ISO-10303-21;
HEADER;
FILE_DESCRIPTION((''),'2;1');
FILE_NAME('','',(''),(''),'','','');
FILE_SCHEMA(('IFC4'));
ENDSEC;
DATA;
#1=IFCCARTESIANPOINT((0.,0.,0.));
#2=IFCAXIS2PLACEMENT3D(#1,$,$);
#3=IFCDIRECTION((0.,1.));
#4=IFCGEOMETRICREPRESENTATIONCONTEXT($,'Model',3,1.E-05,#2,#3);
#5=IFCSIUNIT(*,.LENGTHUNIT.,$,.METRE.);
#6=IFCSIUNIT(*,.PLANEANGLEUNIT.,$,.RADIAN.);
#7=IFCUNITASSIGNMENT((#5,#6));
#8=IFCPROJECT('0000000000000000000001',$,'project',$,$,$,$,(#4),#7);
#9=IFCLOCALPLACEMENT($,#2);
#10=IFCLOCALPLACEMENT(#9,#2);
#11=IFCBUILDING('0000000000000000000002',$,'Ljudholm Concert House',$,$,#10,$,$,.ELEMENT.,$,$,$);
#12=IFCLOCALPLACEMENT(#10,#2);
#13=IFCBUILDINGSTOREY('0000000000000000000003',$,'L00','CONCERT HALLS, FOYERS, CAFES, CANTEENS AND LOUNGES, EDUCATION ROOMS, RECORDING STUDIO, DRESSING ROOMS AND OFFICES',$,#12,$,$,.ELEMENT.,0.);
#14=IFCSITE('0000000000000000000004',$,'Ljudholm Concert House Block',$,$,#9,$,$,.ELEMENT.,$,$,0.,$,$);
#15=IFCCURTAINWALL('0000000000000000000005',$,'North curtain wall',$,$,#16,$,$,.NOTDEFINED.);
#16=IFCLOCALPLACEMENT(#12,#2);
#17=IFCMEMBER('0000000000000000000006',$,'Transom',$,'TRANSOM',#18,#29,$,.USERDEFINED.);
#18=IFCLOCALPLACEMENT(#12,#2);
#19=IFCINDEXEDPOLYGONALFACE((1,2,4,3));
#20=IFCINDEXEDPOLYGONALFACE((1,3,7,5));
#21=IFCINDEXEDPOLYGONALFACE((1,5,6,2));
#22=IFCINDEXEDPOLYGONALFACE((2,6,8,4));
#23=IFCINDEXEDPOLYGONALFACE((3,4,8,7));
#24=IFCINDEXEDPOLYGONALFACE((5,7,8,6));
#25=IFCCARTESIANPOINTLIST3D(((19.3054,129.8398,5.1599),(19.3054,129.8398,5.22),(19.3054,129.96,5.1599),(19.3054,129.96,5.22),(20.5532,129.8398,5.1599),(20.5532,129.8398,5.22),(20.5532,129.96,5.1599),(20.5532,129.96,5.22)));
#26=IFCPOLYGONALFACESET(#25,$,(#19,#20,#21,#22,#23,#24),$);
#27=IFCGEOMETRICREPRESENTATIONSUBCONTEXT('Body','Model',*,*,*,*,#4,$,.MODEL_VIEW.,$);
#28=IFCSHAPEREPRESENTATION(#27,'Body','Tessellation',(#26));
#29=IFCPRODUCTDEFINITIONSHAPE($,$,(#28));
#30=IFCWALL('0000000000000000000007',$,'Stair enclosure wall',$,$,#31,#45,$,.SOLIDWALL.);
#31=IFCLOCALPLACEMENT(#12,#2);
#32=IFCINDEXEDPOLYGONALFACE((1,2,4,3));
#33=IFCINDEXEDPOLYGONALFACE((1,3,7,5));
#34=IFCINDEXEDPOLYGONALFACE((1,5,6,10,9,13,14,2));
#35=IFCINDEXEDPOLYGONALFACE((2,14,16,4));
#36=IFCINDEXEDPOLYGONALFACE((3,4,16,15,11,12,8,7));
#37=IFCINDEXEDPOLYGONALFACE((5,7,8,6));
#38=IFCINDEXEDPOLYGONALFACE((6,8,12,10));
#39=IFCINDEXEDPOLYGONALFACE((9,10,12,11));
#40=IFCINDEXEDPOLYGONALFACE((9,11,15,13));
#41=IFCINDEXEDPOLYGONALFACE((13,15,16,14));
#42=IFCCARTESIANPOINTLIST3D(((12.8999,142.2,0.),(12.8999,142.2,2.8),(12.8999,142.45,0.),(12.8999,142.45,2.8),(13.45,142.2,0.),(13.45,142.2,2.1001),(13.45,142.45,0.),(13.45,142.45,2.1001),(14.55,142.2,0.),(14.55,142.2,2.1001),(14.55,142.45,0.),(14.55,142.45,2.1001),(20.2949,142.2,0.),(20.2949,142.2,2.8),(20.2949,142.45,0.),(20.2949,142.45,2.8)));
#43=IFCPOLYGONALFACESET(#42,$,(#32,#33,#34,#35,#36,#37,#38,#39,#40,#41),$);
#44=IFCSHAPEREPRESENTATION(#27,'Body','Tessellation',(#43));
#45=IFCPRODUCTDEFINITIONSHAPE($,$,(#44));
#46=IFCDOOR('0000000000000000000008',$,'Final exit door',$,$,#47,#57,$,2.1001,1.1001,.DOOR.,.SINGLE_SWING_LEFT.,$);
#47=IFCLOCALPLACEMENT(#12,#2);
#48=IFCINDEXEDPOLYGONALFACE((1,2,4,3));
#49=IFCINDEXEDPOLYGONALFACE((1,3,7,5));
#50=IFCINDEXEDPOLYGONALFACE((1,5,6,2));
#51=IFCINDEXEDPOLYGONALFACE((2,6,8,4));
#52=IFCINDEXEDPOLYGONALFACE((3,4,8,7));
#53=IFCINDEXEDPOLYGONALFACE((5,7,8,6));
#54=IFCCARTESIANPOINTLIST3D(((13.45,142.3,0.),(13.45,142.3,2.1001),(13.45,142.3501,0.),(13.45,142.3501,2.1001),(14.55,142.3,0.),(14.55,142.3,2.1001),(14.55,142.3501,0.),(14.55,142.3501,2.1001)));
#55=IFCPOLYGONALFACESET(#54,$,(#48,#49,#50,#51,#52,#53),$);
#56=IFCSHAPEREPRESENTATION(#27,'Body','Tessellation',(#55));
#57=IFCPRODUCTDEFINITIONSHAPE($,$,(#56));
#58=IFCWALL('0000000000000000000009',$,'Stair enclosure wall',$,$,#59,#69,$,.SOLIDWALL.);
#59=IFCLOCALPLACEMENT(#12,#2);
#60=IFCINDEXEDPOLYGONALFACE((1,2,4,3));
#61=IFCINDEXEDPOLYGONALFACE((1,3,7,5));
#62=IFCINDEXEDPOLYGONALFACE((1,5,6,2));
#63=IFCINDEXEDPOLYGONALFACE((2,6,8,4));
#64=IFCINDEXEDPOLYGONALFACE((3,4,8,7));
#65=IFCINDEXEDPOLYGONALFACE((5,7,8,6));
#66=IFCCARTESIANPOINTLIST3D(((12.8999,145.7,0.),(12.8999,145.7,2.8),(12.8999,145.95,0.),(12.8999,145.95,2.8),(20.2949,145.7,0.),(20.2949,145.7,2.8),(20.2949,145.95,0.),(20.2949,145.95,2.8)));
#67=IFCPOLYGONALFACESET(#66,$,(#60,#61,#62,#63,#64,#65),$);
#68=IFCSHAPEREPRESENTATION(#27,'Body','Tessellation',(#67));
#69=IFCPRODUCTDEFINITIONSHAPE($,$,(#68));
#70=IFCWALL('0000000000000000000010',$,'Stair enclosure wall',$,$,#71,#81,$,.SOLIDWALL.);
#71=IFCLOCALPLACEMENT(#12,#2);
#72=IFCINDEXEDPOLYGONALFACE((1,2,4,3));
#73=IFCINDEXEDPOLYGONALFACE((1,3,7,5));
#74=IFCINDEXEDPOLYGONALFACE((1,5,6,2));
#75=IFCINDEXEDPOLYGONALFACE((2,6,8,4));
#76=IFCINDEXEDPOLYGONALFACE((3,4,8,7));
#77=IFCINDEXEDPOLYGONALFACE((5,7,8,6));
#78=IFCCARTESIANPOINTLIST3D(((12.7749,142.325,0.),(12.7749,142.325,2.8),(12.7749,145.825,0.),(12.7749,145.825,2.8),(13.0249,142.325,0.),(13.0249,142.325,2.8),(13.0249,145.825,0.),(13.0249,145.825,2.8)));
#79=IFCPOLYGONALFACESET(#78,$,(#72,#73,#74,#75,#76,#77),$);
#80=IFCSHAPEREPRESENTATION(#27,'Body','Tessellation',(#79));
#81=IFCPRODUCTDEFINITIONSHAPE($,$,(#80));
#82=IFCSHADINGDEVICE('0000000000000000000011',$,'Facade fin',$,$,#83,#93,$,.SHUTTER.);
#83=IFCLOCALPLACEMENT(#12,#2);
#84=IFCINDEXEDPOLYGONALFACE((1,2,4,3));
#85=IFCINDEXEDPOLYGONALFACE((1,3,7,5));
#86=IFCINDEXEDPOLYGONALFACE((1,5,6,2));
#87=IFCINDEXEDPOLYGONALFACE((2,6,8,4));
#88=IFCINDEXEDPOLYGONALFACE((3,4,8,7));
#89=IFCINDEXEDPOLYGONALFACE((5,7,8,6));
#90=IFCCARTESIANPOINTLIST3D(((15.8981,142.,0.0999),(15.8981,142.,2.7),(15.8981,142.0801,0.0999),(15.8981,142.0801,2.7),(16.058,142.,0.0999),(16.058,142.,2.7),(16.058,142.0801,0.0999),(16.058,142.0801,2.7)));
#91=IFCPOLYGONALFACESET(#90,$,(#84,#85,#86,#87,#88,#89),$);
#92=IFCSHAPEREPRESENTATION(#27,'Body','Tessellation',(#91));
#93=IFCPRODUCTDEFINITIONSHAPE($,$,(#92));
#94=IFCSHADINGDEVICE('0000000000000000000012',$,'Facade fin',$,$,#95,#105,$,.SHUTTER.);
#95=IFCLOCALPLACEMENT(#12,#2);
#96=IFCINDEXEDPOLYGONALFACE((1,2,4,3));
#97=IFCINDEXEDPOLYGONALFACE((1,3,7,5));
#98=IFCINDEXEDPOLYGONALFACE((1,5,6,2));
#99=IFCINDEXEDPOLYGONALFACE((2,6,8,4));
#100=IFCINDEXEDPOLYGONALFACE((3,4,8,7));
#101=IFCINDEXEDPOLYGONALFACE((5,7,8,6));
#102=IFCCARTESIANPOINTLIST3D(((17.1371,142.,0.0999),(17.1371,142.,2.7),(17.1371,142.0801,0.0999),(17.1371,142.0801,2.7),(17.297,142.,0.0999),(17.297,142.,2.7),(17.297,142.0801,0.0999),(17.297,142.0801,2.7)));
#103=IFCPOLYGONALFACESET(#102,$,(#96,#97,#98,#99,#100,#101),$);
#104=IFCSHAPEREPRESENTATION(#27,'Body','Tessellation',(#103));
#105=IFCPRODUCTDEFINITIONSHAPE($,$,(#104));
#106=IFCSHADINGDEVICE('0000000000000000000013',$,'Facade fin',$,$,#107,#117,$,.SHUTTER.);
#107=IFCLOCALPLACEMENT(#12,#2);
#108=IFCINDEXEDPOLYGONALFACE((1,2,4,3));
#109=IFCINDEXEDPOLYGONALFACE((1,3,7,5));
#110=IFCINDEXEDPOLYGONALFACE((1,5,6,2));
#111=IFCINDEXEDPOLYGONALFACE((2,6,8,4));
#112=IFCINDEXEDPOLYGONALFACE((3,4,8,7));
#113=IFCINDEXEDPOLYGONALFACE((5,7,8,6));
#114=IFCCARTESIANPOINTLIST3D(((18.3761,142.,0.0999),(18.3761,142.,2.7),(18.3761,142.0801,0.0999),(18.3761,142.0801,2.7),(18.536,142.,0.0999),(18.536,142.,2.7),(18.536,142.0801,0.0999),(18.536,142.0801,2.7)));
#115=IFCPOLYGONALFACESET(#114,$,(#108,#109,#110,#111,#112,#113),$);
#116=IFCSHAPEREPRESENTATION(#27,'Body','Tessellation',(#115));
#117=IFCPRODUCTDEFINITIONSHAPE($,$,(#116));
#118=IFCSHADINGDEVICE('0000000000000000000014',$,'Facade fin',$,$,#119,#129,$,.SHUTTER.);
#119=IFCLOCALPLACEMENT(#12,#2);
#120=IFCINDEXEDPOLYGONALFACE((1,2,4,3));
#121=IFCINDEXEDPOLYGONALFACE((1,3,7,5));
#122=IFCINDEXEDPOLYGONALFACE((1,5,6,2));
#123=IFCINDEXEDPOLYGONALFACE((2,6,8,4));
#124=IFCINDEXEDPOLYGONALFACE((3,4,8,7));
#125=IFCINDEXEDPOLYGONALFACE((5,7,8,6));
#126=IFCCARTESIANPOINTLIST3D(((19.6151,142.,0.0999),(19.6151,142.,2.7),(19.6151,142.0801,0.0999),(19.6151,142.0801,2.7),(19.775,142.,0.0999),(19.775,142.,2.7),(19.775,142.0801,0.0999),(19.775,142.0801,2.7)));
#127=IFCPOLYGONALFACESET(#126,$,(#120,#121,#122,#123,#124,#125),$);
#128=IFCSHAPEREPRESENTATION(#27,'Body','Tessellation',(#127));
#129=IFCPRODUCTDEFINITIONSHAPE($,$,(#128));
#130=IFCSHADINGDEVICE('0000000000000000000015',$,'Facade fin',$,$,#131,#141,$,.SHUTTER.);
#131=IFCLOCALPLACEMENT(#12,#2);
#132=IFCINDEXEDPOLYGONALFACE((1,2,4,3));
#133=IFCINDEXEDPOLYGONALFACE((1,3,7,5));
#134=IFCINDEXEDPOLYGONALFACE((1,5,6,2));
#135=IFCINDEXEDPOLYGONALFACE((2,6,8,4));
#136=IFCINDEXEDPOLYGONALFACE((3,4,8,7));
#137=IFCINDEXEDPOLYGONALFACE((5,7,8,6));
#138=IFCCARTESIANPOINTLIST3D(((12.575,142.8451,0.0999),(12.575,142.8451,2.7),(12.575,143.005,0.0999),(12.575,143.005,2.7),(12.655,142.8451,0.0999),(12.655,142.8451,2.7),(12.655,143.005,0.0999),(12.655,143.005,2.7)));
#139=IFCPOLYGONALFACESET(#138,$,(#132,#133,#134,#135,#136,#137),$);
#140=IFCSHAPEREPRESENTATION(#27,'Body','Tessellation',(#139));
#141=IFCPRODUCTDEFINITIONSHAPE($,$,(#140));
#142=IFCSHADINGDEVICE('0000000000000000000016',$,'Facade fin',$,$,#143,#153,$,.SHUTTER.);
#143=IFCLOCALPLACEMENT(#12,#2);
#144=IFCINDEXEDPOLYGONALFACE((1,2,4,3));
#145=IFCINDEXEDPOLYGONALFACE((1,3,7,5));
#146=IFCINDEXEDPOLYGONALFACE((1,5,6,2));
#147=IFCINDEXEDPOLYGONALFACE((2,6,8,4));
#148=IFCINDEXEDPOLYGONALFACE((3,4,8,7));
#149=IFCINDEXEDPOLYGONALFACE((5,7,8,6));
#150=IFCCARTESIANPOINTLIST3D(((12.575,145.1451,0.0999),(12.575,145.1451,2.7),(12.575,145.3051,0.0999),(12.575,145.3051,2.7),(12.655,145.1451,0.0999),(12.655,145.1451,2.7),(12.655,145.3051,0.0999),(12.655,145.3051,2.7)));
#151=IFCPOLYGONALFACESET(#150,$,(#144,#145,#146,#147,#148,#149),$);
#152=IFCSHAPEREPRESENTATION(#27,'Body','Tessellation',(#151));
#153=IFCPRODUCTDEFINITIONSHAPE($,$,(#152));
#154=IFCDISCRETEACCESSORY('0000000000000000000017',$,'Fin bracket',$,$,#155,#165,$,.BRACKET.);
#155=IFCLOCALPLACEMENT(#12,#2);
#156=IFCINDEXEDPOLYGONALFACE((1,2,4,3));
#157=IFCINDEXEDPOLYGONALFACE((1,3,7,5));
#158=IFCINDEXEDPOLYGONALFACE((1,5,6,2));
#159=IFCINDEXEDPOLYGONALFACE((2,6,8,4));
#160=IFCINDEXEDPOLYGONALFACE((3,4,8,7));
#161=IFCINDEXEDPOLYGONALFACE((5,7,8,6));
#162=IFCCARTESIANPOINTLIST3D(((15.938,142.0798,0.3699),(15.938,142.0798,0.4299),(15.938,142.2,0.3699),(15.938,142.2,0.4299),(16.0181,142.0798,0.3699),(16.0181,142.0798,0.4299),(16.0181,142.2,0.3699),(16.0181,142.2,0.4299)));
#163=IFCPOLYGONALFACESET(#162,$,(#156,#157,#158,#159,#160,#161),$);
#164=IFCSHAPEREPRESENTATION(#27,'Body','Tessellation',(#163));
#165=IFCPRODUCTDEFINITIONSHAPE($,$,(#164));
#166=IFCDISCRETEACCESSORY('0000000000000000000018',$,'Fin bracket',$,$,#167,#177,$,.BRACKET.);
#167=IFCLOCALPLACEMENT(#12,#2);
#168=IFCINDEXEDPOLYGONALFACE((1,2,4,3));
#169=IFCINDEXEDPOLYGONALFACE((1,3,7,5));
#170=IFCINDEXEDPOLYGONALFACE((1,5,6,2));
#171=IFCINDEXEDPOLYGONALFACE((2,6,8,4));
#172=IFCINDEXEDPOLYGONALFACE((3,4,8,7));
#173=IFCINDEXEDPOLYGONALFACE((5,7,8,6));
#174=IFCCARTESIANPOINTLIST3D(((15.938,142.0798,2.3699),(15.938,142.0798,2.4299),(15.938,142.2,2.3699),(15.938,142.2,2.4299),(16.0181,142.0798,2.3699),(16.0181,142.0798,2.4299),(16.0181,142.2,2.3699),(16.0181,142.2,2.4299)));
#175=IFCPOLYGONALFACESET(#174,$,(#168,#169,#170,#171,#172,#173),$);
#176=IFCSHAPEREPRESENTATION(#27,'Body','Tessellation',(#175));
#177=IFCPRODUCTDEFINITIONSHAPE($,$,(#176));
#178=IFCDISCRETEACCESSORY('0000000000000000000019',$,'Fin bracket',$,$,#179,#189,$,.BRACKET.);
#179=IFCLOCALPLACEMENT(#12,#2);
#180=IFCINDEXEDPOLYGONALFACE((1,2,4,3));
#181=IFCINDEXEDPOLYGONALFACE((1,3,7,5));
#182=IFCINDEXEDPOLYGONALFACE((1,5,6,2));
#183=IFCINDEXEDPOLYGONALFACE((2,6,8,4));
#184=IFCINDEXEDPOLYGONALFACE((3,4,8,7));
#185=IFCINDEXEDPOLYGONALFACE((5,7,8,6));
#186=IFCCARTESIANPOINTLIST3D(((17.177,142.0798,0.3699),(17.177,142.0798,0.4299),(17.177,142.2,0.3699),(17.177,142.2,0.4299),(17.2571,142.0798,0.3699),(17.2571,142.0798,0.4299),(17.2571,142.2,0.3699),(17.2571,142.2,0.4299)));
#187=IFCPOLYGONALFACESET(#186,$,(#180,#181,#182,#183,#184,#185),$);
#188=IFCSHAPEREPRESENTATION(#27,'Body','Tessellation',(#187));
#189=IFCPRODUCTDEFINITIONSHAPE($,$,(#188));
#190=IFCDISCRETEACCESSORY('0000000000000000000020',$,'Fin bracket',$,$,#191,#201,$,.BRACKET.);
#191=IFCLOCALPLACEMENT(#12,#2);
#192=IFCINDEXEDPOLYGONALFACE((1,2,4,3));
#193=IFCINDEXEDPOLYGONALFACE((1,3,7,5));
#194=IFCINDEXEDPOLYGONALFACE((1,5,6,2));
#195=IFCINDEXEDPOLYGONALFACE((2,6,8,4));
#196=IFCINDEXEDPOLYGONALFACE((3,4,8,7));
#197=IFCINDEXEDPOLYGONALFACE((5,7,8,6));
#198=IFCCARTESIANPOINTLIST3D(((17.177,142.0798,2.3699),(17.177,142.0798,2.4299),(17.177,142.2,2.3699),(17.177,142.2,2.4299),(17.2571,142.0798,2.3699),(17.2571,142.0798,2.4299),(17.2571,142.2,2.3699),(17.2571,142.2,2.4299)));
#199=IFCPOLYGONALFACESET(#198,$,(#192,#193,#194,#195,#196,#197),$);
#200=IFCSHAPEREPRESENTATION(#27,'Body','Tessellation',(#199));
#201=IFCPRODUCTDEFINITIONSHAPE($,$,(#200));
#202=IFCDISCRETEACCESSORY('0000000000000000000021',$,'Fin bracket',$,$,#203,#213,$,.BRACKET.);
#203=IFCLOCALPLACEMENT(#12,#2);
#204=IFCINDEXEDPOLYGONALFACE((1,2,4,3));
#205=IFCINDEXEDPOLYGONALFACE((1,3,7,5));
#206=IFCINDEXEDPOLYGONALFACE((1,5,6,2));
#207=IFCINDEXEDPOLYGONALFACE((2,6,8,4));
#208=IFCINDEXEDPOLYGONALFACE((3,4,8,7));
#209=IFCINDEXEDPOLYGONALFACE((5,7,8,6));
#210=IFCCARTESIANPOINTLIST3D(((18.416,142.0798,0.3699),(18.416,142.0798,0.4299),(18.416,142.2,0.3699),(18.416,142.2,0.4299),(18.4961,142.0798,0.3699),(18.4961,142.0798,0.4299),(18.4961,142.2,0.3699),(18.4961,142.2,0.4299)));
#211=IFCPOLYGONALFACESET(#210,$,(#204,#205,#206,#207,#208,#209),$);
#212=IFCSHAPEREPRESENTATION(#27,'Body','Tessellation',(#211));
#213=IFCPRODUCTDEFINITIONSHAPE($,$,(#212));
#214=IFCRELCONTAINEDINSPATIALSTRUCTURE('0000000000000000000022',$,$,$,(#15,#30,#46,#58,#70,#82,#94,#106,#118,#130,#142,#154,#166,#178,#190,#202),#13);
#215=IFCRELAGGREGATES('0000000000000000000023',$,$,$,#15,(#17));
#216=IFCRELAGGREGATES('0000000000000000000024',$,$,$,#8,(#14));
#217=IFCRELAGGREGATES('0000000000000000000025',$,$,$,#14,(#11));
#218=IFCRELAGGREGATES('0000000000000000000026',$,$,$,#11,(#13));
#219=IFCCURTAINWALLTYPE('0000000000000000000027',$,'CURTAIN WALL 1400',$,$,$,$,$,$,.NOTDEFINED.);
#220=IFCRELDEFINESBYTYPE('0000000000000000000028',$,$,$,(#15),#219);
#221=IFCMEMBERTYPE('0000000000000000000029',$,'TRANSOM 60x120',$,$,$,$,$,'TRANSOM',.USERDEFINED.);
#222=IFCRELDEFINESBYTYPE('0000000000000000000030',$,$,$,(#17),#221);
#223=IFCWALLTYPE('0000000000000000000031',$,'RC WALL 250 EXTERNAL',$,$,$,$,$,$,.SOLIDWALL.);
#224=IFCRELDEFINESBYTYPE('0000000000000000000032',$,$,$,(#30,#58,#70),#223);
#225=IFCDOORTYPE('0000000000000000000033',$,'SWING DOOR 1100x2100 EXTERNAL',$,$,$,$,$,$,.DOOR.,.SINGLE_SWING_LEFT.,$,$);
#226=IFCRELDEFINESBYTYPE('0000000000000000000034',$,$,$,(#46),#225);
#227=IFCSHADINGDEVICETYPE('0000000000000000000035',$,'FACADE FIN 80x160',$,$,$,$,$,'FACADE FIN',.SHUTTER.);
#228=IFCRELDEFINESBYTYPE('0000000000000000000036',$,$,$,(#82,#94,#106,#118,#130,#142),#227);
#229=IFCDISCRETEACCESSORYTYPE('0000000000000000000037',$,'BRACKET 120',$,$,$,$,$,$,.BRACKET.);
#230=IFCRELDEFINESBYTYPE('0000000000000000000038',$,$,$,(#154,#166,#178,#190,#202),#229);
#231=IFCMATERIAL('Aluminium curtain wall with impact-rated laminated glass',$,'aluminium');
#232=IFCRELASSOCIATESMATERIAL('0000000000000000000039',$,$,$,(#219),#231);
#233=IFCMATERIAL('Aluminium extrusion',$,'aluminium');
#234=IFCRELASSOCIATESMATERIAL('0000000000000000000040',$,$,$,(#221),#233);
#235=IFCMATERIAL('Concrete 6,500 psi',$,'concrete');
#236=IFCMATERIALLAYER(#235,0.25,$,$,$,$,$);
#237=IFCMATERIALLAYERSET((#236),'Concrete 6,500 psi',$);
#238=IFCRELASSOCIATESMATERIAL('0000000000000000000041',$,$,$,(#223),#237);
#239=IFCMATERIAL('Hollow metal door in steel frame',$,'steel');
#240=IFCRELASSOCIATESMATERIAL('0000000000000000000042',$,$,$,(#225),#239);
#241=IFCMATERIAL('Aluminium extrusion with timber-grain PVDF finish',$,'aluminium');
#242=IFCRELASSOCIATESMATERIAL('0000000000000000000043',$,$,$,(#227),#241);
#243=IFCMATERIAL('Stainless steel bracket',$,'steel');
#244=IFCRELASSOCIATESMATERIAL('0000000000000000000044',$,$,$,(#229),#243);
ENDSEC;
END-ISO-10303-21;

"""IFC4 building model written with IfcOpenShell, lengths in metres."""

from ifc_helpers import new_model, si_unit, direction, frame, frame_2d, origin, origin_2d, place, context, subcontext, project, spatial, rectangle, extrude, material, layer, layer_set, material_profile, profile_set, type_object, element, fill, aggregate, save


model = new_model("IFC4")

# Units and contexts
model_context = context("Model", 3, precision=1e-05, world=origin(), true_north=direction((0.0, 1.0)))
body_context = subcontext(model_context, "Body", "Model", "MODEL_VIEW")
ifc_project = project(units=[si_unit("LENGTHUNIT", "METRE"), si_unit("PLANEANGLEUNIT", "RADIAN")], contexts=[model_context])

# Site, building, storey
site_placement = place(None, origin())
site = spatial("IfcSite", under=ifc_project, at=site_placement, Name="Ljudholm Concert House Block", CompositionType="ELEMENT", RefElevation=0.0)
building_placement = place(site_placement, origin())
building = spatial("IfcBuilding", under=site, at=building_placement, Name="Ljudholm Concert House", CompositionType="ELEMENT")
storey_placement = place(building_placement, origin())
storey = spatial("IfcBuildingStorey", under=building, at=storey_placement, Name="L00", Description="CONCERT HALLS, FOYERS, CAFES, CANTEENS AND LOUNGES, EDUCATION ROOMS, RECORDING STUDIO, DRESSING ROOMS AND OFFICES", CompositionType="ELEMENT", Elevation=0.0)

# Curtain wall, member
ifc_material_1 = material(Name="Aluminium curtain wall with impact-rated laminated glass", Category="aluminium")
curtain_wall_type = type_object("IfcCurtainWallType", Name="CURTAIN WALL 1400", PredefinedType="NOTDEFINED", material=ifc_material_1)
curtain_wall_placement = place(storey_placement, origin())
curtain_wall = element("IfcCurtainWall", 1, at=curtain_wall_placement, inside=storey, type_object=curtain_wall_type, Name="North curtain wall", PredefinedType="NOTDEFINED")
ifc_material_2 = material(Name="Aluminium extrusion", Category="aluminium")
ifc_material_profile_1 = material_profile(ifc_material_2, rectangle(XDim=0.1201, YDim=0.0601, at=origin_2d()), Name="TRANSOM 60x120")
ifc_profile_set_1 = profile_set([ifc_material_profile_1], Name="Aluminium extrusion")
member_type = type_object("IfcMemberType", Name="TRANSOM 60x120", ElementType="TRANSOM", PredefinedType="USERDEFINED", material=ifc_profile_set_1)
member_1_placement = place(storey_placement, frame((19.3054, 129.8999, 5.1899), z_axis=(1.0, 0.0, 0.0), x_axis=(0.0, 1.0, 0.0)))
member_1 = element("IfcMember", 2, at=member_1_placement, type_object=member_type, Name="Transom", ObjectType="TRANSOM", PredefinedType="USERDEFINED", context=body_context, shape_type="SweptSolid", body=[
    extrude(rectangle(XDim=0.1201, YDim=0.0601, at=origin_2d()), origin(), (0.0, 0.0, 1.0), 1.2478),
])
aggregate(curtain_wall, [member_1])

# Wall, opening, door
ifc_material_3 = material(Name="Concrete 6,500 psi", Category="concrete")
ifc_layer = layer(ifc_material_3, 0.25)
ifc_layer_set = layer_set([ifc_layer], Name="Concrete 6,500 psi")
wall_type = type_object("IfcWallType", Name="RC WALL 250 EXTERNAL", PredefinedType="SOLIDWALL", material=ifc_layer_set)
wall_1_placement = place(storey_placement, frame((12.8999, 142.325, 0.0), z_axis=(0.0, 0.0, 1.0), x_axis=(1.0, 0.0, 0.0)))
wall_1 = element("IfcWall", 3, at=wall_1_placement, inside=storey, type_object=wall_type, Name="Stair enclosure wall", PredefinedType="SOLIDWALL", context=body_context, shape_type="SweptSolid", body=[
    extrude(rectangle(XDim=7.395, YDim=0.25, at=frame_2d((3.6975, 0.0))), origin(), (0.0, 0.0, 1.0), 2.8),
])
opening_placement = place(wall_1_placement, frame((0.55, 0.0, 0.0)))
opening = element("IfcOpeningElement", 4, at=opening_placement, cuts=wall_1, PredefinedType="OPENING", context=body_context, shape_type="SweptSolid", body=[
    extrude(rectangle(XDim=1.1001, YDim=2.1001, at=frame_2d((0.55, 1.05))), frame((0.0, 0.135, 0.0), z_axis=(0.0, -1.0, 0.0), x_axis=(1.0, 0.0, 0.0)), (0.0, 0.0, 1.0), 0.27),
])
ifc_material_4 = material(Name="Hollow metal door in steel frame", Category="steel")
door_type = type_object("IfcDoorType", Name="SWING DOOR 1100x2100 EXTERNAL", OperationType="SINGLE_SWING_LEFT", PredefinedType="DOOR", material=ifc_material_4)
door_placement = place(opening_placement, frame((1.1001, 0.0, 0.0), z_axis=(0.0, 0.0, 1.0), x_axis=(-1.0, 0.0, 0.0)))
door = element("IfcDoor", 5, at=door_placement, inside=storey, type_object=door_type, Name="Final exit door", OperationType="SINGLE_SWING_LEFT", OverallHeight=2.1001, OverallWidth=1.1001, PredefinedType="DOOR", context=body_context, shape_type="SweptSolid", body=[
    extrude(rectangle(XDim=1.1001, YDim=2.1001, at=frame_2d((0.55, 1.05))), frame((0.0, 0.0249, 0.0), z_axis=(0.0, -1.0, 0.0), x_axis=(1.0, 0.0, 0.0)), (0.0, 0.0, 1.0), 0.05),
])
fill(opening, door)

# Walls
wall_2_placement = place(storey_placement, frame((12.8999, 145.825, 0.0), z_axis=(0.0, 0.0, 1.0), x_axis=(1.0, 0.0, 0.0)))
element("IfcWall", 6, at=wall_2_placement, inside=storey, type_object=wall_type, Name="Stair enclosure wall", PredefinedType="SOLIDWALL", context=body_context, shape_type="SweptSolid", body=[
    extrude(rectangle(XDim=7.395, YDim=0.25, at=frame_2d((3.6975, 0.0))), origin(), (0.0, 0.0, 1.0), 2.8),
])
wall_3_placement = place(storey_placement, frame((12.8999, 142.325, 0.0), z_axis=(0.0, 0.0, 1.0), x_axis=(0.0, 1.0, 0.0)))
element("IfcWall", 7, at=wall_3_placement, inside=storey, type_object=wall_type, Name="Stair enclosure wall", PredefinedType="SOLIDWALL", context=body_context, shape_type="SweptSolid", body=[
    extrude(rectangle(XDim=3.5, YDim=0.25, at=frame_2d((1.75, 0.0))), origin(), (0.0, 0.0, 1.0), 2.8),
])

# Shading devices
ifc_material_5 = material(Name="Aluminium extrusion with timber-grain PVDF finish", Category="aluminium")
shading_device_type = type_object("IfcShadingDeviceType", Name="FACADE FIN 80x160", ElementType="FACADE FIN", PredefinedType="SHUTTER", material=ifc_material_5)
for number, where, z_axis, x_axis, name in (
    (8, (15.978, 142.04, 0.0999), (0.0, 0.0, 1.0), (0.0, -1.0, 0.0), "Facade fin"),
    (9, (17.217, 142.04, 0.0999), (0.0, 0.0, 1.0), (0.0, -1.0, 0.0), "Facade fin"),
    (10, (18.4561, 142.04, 0.0999), (0.0, 0.0, 1.0), (0.0, -1.0, 0.0), "Facade fin"),
    (11, (19.6951, 142.04, 0.0999), (0.0, 0.0, 1.0), (0.0, -1.0, 0.0), "Facade fin"),
    (12, (12.615, 142.925, 0.0999), (0.0, 0.0, 1.0), (-1.0, 0.0, 0.0), "Facade fin"),
    (13, (12.615, 145.2251, 0.0999), (0.0, 0.0, 1.0), (-1.0, 0.0, 0.0), "Facade fin"),
):
    element("IfcShadingDevice", number, at=place(storey_placement, frame(where, z_axis=z_axis, x_axis=x_axis)), inside=storey, type_object=shading_device_type, Name=name, PredefinedType="SHUTTER", context=body_context, shape_type="SweptSolid", body=[
        extrude(rectangle(XDim=0.0801, YDim=0.1599, at=origin_2d()), origin(), (0.0, 0.0, 1.0), 2.6001),
    ])

# Discrete accessories
ifc_material_6 = material(Name="Stainless steel bracket", Category="steel")
discrete_accessory_type = type_object("IfcDiscreteAccessoryType", Name="BRACKET 120", PredefinedType="BRACKET", material=ifc_material_6)
for number, where, z_axis, x_axis, name in (
    (14, (15.978, 142.1399, 0.3699), (0.0, 0.0, 1.0), (0.0, -1.0, 0.0), "Fin bracket"),
    (15, (15.978, 142.1399, 2.3699), (0.0, 0.0, 1.0), (0.0, -1.0, 0.0), "Fin bracket"),
    (16, (17.217, 142.1399, 0.3699), (0.0, 0.0, 1.0), (0.0, -1.0, 0.0), "Fin bracket"),
    (17, (17.217, 142.1399, 2.3699), (0.0, 0.0, 1.0), (0.0, -1.0, 0.0), "Fin bracket"),
    (18, (18.4561, 142.1399, 0.3699), (0.0, 0.0, 1.0), (0.0, -1.0, 0.0), "Fin bracket"),
):
    element("IfcDiscreteAccessory", number, at=place(storey_placement, frame(where, z_axis=z_axis, x_axis=x_axis)), inside=storey, type_object=discrete_accessory_type, Name=name, PredefinedType="BRACKET", context=body_context, shape_type="SweptSolid", body=[
        extrude(rectangle(XDim=0.1201, YDim=0.0801, at=origin_2d()), origin(), (0.0, 0.0, 1.0), 0.0601),
    ])

save(model, "model.ifc")
